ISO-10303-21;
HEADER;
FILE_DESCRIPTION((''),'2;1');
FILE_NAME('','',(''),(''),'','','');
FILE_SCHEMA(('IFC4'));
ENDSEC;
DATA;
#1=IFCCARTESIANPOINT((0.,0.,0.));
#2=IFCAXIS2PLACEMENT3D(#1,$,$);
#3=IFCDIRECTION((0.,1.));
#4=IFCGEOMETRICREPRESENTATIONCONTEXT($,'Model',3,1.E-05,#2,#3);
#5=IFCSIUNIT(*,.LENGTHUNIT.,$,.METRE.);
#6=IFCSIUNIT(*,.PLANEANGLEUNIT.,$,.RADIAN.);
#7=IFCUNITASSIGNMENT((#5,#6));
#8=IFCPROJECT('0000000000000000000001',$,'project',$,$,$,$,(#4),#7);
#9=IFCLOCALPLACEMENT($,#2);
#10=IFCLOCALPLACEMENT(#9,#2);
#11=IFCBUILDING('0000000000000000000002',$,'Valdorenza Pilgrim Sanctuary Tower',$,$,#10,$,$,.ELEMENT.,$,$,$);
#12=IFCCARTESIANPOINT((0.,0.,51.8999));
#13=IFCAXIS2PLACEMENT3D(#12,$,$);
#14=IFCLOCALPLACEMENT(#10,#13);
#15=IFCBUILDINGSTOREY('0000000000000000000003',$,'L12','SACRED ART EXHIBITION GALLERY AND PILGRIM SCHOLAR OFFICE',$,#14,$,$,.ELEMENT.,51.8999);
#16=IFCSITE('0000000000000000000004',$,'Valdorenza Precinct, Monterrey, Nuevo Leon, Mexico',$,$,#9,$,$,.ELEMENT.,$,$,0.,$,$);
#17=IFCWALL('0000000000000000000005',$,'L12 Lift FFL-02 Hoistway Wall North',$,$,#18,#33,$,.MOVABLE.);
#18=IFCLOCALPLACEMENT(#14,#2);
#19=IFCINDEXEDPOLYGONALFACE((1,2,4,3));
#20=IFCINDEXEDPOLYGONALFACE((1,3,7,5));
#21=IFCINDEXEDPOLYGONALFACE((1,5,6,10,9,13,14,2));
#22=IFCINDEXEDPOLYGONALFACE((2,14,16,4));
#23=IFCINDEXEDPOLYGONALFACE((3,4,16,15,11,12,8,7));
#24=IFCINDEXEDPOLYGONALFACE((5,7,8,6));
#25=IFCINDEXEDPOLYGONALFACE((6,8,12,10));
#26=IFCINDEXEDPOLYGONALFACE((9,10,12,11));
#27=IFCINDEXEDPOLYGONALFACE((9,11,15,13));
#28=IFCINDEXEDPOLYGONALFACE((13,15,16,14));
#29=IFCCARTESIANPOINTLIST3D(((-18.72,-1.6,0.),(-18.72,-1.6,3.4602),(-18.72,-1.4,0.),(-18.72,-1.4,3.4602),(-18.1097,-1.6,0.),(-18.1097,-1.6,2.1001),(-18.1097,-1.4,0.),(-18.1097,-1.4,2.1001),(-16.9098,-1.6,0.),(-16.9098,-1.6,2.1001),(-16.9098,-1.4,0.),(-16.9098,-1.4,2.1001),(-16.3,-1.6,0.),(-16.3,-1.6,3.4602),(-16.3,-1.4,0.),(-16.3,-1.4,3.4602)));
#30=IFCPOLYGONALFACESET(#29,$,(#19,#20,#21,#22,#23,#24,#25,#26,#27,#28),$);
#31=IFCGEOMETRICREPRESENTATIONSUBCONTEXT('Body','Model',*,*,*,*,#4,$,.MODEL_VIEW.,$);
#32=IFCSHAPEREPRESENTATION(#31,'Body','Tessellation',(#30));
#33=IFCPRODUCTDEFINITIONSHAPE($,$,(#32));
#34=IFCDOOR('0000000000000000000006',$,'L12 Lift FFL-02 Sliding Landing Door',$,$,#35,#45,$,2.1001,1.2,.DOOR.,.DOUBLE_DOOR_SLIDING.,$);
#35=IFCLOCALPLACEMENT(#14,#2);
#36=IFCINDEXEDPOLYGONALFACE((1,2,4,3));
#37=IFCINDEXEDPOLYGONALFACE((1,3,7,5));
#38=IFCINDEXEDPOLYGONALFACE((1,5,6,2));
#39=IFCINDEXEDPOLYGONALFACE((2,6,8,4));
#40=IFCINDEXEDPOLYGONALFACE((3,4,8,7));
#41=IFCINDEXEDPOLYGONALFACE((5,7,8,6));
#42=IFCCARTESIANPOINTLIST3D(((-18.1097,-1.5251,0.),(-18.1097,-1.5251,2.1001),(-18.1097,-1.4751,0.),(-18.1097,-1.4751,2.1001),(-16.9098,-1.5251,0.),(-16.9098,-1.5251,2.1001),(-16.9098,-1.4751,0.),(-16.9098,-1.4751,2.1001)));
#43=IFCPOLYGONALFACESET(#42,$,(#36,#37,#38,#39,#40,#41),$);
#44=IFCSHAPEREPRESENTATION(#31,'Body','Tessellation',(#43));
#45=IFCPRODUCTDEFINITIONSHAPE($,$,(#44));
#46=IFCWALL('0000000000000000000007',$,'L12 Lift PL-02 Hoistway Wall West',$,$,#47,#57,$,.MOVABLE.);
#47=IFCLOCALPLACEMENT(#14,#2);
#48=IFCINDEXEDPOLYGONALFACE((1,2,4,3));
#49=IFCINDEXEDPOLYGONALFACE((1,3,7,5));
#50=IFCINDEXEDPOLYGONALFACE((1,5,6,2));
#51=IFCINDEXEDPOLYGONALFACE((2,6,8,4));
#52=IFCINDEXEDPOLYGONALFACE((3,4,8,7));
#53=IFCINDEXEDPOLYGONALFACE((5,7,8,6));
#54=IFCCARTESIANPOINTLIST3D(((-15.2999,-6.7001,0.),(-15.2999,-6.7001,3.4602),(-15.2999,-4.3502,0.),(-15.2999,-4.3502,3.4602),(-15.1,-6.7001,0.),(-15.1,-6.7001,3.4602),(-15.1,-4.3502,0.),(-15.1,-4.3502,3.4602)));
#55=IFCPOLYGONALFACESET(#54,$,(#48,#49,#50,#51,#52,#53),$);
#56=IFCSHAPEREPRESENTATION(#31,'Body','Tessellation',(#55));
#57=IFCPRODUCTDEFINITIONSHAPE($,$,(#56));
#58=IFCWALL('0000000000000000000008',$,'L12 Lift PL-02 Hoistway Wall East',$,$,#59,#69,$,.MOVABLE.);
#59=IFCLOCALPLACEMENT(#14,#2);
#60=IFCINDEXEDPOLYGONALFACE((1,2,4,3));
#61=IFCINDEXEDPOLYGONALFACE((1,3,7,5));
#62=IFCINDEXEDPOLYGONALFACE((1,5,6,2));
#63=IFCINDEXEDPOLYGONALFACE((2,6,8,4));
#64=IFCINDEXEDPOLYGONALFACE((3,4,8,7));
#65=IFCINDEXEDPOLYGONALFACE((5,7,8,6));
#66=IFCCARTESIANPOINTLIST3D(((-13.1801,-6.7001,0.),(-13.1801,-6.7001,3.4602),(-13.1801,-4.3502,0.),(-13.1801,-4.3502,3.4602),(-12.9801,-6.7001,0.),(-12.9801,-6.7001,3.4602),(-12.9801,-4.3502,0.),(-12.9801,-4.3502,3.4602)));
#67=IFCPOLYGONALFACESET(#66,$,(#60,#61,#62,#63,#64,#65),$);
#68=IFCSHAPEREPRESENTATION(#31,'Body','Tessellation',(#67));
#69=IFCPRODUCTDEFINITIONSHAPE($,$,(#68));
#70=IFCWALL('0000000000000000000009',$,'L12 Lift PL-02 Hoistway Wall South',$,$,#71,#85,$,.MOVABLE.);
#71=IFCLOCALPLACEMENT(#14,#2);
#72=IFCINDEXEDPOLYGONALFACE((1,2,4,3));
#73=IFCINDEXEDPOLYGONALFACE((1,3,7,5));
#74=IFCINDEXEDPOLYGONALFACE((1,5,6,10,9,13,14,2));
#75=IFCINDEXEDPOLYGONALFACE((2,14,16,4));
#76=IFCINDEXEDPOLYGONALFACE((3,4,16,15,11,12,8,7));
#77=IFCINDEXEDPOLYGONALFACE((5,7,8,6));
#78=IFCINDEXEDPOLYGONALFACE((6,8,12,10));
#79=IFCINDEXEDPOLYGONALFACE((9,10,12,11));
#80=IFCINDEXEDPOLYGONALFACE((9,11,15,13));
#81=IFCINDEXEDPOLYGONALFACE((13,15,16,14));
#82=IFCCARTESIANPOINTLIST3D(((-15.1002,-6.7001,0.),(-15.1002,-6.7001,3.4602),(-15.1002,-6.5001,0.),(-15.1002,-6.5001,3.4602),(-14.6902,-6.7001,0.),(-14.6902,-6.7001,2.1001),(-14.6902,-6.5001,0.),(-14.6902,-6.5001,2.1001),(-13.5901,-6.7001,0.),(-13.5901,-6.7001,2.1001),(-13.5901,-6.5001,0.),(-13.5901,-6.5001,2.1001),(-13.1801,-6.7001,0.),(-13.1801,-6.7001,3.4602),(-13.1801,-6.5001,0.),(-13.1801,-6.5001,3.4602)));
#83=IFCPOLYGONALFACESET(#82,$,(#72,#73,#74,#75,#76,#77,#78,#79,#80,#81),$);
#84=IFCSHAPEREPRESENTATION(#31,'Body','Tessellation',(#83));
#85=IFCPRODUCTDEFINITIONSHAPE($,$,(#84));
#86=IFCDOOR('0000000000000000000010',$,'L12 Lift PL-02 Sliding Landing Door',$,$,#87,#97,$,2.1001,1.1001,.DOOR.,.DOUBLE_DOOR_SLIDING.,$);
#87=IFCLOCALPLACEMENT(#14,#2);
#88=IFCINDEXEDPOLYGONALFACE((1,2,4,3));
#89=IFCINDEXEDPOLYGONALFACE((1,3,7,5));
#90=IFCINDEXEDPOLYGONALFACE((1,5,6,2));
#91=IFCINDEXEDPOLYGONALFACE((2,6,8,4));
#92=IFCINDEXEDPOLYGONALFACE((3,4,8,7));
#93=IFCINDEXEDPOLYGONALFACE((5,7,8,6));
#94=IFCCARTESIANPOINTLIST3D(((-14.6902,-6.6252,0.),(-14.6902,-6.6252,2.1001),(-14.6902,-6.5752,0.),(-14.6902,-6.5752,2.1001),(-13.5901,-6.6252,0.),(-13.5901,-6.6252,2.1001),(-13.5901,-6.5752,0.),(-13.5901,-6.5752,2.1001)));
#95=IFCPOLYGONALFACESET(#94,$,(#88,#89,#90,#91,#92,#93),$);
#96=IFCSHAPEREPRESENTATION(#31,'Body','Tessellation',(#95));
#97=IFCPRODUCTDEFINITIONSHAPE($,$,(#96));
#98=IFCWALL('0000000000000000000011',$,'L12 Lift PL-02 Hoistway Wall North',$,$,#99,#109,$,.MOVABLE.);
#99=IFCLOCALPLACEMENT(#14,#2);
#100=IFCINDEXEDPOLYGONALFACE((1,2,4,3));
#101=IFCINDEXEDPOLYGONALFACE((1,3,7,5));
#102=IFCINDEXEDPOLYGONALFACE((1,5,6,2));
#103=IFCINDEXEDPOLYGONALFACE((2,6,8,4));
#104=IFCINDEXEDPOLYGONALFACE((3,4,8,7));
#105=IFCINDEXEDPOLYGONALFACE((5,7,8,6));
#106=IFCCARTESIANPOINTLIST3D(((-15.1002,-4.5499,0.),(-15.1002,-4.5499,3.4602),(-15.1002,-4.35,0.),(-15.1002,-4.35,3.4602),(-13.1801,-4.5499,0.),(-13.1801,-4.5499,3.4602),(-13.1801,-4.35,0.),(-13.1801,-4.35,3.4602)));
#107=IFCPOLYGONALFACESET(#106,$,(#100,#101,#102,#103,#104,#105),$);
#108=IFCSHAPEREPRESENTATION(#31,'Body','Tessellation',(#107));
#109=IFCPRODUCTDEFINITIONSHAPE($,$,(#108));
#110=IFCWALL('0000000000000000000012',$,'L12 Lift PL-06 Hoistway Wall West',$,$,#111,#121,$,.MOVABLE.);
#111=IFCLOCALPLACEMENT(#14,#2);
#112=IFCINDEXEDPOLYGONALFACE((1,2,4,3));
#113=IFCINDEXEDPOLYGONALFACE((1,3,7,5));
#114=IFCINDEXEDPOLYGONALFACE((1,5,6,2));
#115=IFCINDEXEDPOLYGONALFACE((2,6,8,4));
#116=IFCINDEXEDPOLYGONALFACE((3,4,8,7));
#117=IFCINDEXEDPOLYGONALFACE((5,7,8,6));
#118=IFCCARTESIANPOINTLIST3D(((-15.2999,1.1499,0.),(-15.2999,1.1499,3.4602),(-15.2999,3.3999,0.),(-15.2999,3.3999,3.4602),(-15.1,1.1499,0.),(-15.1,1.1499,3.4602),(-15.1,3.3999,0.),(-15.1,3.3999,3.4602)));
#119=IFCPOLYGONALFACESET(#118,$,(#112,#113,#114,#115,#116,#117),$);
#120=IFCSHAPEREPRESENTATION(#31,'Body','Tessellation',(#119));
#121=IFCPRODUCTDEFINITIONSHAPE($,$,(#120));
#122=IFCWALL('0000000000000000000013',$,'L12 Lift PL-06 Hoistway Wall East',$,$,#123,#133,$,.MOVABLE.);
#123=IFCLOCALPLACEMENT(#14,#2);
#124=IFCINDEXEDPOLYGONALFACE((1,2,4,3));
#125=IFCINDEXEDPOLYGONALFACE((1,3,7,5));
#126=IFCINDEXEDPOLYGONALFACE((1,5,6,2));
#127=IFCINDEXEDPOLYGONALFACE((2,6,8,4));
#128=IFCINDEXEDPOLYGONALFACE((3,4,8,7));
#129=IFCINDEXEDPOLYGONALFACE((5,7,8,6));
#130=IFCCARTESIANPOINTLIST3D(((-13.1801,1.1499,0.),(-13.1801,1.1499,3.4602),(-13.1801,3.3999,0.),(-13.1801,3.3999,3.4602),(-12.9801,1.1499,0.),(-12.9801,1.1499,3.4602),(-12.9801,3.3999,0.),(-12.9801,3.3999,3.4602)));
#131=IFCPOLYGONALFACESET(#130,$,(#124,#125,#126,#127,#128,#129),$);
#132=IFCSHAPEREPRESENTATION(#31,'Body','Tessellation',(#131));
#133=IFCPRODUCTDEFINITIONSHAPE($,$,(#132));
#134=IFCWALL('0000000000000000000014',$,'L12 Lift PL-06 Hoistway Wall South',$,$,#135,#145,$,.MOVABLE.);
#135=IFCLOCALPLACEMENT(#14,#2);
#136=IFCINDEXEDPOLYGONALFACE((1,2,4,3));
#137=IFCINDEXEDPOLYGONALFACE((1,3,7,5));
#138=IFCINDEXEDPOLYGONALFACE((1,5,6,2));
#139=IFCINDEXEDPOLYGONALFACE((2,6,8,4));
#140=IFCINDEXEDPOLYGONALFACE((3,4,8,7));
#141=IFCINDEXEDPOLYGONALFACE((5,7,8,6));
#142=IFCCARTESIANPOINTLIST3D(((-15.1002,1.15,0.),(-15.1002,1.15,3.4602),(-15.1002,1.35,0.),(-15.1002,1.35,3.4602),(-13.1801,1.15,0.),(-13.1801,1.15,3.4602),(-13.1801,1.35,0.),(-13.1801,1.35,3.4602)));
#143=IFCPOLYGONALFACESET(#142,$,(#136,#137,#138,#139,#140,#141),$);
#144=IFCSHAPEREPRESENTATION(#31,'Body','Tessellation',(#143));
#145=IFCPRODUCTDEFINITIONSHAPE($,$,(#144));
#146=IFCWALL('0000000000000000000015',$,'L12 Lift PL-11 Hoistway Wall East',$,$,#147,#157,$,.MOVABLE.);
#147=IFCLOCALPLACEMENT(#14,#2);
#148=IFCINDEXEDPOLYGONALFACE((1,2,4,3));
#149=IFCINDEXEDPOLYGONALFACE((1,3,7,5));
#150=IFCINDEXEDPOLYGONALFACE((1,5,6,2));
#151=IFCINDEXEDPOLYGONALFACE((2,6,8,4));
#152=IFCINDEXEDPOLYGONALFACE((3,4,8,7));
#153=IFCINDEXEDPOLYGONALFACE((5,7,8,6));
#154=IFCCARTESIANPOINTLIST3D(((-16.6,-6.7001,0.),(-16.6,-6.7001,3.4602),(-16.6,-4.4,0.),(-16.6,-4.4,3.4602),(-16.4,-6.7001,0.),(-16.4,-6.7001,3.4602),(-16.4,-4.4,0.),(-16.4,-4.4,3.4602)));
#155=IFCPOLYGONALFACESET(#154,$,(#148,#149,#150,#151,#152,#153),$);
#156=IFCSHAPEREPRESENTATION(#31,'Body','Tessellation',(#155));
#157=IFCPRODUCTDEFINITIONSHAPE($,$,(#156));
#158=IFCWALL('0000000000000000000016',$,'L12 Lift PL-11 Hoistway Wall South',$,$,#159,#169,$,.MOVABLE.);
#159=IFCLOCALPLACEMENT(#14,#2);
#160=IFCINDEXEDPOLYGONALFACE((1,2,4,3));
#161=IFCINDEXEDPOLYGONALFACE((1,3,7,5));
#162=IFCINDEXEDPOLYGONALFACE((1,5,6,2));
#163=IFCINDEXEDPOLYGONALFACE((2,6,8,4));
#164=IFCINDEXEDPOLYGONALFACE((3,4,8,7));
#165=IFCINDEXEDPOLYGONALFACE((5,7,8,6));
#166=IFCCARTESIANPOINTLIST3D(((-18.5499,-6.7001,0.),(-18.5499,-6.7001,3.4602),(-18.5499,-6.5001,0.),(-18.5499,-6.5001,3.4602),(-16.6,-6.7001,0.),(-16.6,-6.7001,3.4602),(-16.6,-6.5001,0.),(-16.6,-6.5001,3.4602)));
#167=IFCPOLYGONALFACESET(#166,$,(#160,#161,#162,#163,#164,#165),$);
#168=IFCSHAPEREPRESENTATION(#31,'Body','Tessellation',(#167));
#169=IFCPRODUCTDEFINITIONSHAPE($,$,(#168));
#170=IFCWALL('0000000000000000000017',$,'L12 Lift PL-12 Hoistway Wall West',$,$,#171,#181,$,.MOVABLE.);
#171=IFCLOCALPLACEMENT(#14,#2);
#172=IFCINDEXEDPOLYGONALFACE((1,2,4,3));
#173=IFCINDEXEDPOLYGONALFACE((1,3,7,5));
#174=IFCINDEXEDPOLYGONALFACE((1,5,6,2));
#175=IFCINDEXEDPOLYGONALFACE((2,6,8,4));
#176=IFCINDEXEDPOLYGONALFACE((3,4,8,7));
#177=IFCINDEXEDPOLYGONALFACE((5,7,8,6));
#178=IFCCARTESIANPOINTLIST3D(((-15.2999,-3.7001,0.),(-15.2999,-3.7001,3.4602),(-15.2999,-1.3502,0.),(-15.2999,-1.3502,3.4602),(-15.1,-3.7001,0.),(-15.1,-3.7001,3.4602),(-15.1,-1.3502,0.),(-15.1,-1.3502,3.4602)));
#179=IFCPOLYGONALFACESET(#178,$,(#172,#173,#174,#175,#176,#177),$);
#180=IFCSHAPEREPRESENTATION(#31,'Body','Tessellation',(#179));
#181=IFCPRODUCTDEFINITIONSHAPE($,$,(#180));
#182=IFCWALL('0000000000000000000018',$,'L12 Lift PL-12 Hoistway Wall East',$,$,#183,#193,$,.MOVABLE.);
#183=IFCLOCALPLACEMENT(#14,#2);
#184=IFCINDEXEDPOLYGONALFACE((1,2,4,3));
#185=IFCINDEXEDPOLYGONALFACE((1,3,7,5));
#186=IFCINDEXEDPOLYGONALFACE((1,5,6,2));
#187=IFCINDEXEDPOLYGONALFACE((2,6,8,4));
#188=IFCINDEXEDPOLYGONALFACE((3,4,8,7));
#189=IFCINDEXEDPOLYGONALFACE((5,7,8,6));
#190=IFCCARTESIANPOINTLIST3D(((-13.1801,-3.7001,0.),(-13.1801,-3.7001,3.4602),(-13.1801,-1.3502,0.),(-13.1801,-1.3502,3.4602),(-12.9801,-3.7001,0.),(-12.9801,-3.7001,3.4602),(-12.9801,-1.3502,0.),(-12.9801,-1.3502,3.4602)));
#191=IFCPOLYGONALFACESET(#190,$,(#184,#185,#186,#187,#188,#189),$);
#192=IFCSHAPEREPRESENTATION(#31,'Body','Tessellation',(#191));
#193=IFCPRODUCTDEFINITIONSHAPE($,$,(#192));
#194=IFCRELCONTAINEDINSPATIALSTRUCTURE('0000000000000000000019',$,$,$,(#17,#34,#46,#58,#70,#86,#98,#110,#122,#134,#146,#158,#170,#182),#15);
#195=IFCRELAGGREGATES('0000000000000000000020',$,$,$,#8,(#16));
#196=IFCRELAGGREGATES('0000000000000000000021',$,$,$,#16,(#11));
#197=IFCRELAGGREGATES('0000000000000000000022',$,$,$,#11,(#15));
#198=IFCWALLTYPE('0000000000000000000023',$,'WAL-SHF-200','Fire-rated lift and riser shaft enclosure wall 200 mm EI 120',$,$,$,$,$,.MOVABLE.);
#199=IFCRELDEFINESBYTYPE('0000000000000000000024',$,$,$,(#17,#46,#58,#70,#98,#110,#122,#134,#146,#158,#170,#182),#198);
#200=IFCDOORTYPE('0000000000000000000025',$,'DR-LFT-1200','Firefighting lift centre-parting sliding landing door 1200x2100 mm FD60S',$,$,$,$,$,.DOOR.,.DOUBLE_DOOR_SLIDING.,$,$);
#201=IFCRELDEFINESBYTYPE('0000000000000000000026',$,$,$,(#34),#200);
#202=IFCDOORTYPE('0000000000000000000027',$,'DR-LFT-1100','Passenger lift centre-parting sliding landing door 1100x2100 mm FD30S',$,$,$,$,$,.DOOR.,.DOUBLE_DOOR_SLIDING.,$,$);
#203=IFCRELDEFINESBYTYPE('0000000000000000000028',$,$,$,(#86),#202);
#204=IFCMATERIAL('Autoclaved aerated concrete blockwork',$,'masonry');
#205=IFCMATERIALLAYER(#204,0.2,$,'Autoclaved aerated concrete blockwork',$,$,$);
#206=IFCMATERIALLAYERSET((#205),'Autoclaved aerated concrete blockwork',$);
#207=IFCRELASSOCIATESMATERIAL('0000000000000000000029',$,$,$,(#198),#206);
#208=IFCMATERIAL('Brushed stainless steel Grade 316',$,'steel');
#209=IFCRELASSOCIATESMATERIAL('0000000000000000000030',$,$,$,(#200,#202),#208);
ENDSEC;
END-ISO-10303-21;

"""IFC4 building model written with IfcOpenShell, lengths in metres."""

from ifc_helpers import new_model, si_unit, direction, frame, frame_2d, origin, place, context, subcontext, project, spatial, rectangle, extrude, material, layer, layer_set, type_object, element, fill, save


model = new_model("IFC4")

# Units and contexts
model_context = context("Model", 3, precision=1e-05, world=origin(), true_north=direction((0.0, 1.0)))
body_context = subcontext(model_context, "Body", "Model", "MODEL_VIEW")
ifc_project = project(units=[si_unit("LENGTHUNIT", "METRE"), si_unit("PLANEANGLEUNIT", "RADIAN")], contexts=[model_context])

# Site, building, storey
site_placement = place(None, origin())
site = spatial("IfcSite", under=ifc_project, at=site_placement, Name="Valdorenza Precinct, Monterrey, Nuevo Leon, Mexico", CompositionType="ELEMENT", RefElevation=0.0)
building_placement = place(site_placement, origin())
building = spatial("IfcBuilding", under=site, at=building_placement, Name="Valdorenza Pilgrim Sanctuary Tower", CompositionType="ELEMENT")
storey_placement = place(building_placement, frame((0.0, 0.0, 51.8999)))
storey = spatial("IfcBuildingStorey", under=building, at=storey_placement, Name="L12", Description="SACRED ART EXHIBITION GALLERY AND PILGRIM SCHOLAR OFFICE", CompositionType="ELEMENT", Elevation=51.8999)

# Shared definitions
ifc_material_1 = material(Name="Autoclaved aerated concrete blockwork", Category="masonry")
ifc_layer_1 = layer(ifc_material_1, 0.2, Name="Autoclaved aerated concrete blockwork")
ifc_layer_set_1 = layer_set([ifc_layer_1], Name="Autoclaved aerated concrete blockwork")
wall_type_1 = type_object("IfcWallType", Name="WAL-SHF-200", Description="Fire-rated lift and riser shaft enclosure wall 200 mm EI 120", PredefinedType="MOVABLE", material=ifc_layer_set_1)

# Shared definitions
ifc_material_2 = material(Name="Brushed stainless steel Grade 316", Category="steel")
door_type_1 = type_object("IfcDoorType", Name="DR-LFT-1200", Description="Firefighting lift centre-parting sliding landing door 1200x2100 mm FD60S", OperationType="DOUBLE_DOOR_SLIDING", PredefinedType="DOOR", material=ifc_material_2)

# Wall, opening, door
wall_1_placement = place(storey_placement, frame((-18.72, -1.5, 0.0), z_axis=(0.0, 0.0, 1.0), x_axis=(1.0, 0.0, 0.0)))
wall_1 = element("IfcWall", 1, at=wall_1_placement, inside=storey, type_object=wall_type_1, Name="L12 Lift FFL-02 Hoistway Wall North", PredefinedType="MOVABLE", context=body_context, shape_type="SweptSolid", body=[
    extrude(rectangle(XDim=2.4199, YDim=0.2, at=frame_2d((1.21, 0.0))), origin(), (0.0, 0.0, 1.0), 3.4602),
])
opening_1_placement = place(wall_1_placement, frame((0.6101, 0.0, 0.0)))
opening_1 = element("IfcOpeningElement", 2, at=opening_1_placement, cuts=wall_1, PredefinedType="OPENING", context=body_context, shape_type="SweptSolid", body=[
    extrude(rectangle(XDim=1.2, YDim=2.1001, at=frame_2d((0.6001, 1.05))), frame((0.0, 0.1147, 0.0), z_axis=(0.0, -1.0, 0.0), x_axis=(1.0, 0.0, 0.0)), (0.0, 0.0, 1.0), 0.2297),
])
door_1_placement = place(opening_1_placement, origin())
door_1 = element("IfcDoor", 3, at=door_1_placement, inside=storey, type_object=door_type_1, Name="L12 Lift FFL-02 Sliding Landing Door", OperationType="DOUBLE_DOOR_SLIDING", OverallHeight=2.1001, OverallWidth=1.2, PredefinedType="DOOR", context=body_context, shape_type="SweptSolid", body=[
    extrude(rectangle(XDim=1.2, YDim=2.1001, at=frame_2d((0.6001, 1.05))), frame((0.0, 0.0249, 0.0), z_axis=(0.0, -1.0, 0.0), x_axis=(1.0, 0.0, 0.0)), (0.0, 0.0, 1.0), 0.05),
])
fill(opening_1, door_1)

# Walls
for number, where, z_axis, x_axis, name in (
    (4, (-15.2, -6.7, 0.0), (0.0, 0.0, 1.0), (0.0, 1.0, 0.0), "L12 Lift PL-02 Hoistway Wall West"),
    (5, (-13.0801, -6.7, 0.0), (0.0, 0.0, 1.0), (0.0, 1.0, 0.0), "L12 Lift PL-02 Hoistway Wall East"),
):
    element("IfcWall", number, at=place(storey_placement, frame(where, z_axis=z_axis, x_axis=x_axis)), inside=storey, type_object=wall_type_1, Name=name, PredefinedType="MOVABLE", context=body_context, shape_type="SweptSolid", body=[
        extrude(rectangle(XDim=2.3499, YDim=0.2, at=frame_2d((1.1748, 0.0))), origin(), (0.0, 0.0, 1.0), 3.4602),
    ])

# Wall, opening, door
wall_2_placement = place(storey_placement, frame((-15.1001, -6.6001, 0.0), z_axis=(0.0, 0.0, 1.0), x_axis=(1.0, 0.0, 0.0)))
wall_2 = element("IfcWall", 6, at=wall_2_placement, inside=storey, type_object=wall_type_1, Name="L12 Lift PL-02 Hoistway Wall South", PredefinedType="MOVABLE", context=body_context, shape_type="SweptSolid", body=[
    extrude(rectangle(XDim=1.9202, YDim=0.2, at=frame_2d((0.96, 0.0))), origin(), (0.0, 0.0, 1.0), 3.4602),
])
opening_2_placement = place(wall_2_placement, frame((0.4099, 0.0, 0.0)))
opening_2 = element("IfcOpeningElement", 7, at=opening_2_placement, cuts=wall_2, PredefinedType="OPENING", context=body_context, shape_type="SweptSolid", body=[
    extrude(rectangle(XDim=1.1001, YDim=2.1001, at=frame_2d((0.55, 1.05))), frame((0.0, 0.1147, 0.0), z_axis=(0.0, -1.0, 0.0), x_axis=(1.0, 0.0, 0.0)), (0.0, 0.0, 1.0), 0.2297),
])
door_type_2 = type_object("IfcDoorType", Name="DR-LFT-1100", Description="Passenger lift centre-parting sliding landing door 1100x2100 mm FD30S", OperationType="DOUBLE_DOOR_SLIDING", PredefinedType="DOOR", material=ifc_material_2)
door_2_placement = place(opening_2_placement, origin())
door_2 = element("IfcDoor", 8, at=door_2_placement, inside=storey, type_object=door_type_2, Name="L12 Lift PL-02 Sliding Landing Door", OperationType="DOUBLE_DOOR_SLIDING", OverallHeight=2.1001, OverallWidth=1.1001, PredefinedType="DOOR", context=body_context, shape_type="SweptSolid", body=[
    extrude(rectangle(XDim=1.1001, YDim=2.1001, at=frame_2d((0.55, 1.05))), frame((0.0, 0.0249, 0.0), z_axis=(0.0, -1.0, 0.0), x_axis=(1.0, 0.0, 0.0)), (0.0, 0.0, 1.0), 0.05),
])
fill(opening_2, door_2)

# Walls
wall_3_placement = place(storey_placement, frame((-15.1001, -4.45, 0.0), z_axis=(0.0, 0.0, 1.0), x_axis=(1.0, 0.0, 0.0)))
element("IfcWall", 9, at=wall_3_placement, inside=storey, type_object=wall_type_1, Name="L12 Lift PL-02 Hoistway Wall North", PredefinedType="MOVABLE", context=body_context, shape_type="SweptSolid", body=[
    extrude(rectangle(XDim=1.9202, YDim=0.2, at=frame_2d((0.96, 0.0))), origin(), (0.0, 0.0, 1.0), 3.4602),
])
for number, where, z_axis, x_axis, name in (
    (10, (-15.2, 1.1499, 0.0), (0.0, 0.0, 1.0), (0.0, 1.0, 0.0), "L12 Lift PL-06 Hoistway Wall West"),
    (11, (-13.0801, 1.1499, 0.0), (0.0, 0.0, 1.0), (0.0, 1.0, 0.0), "L12 Lift PL-06 Hoistway Wall East"),
):
    element("IfcWall", number, at=place(storey_placement, frame(where, z_axis=z_axis, x_axis=x_axis)), inside=storey, type_object=wall_type_1, Name=name, PredefinedType="MOVABLE", context=body_context, shape_type="SweptSolid", body=[
        extrude(rectangle(XDim=2.25, YDim=0.2, at=frame_2d((1.125, 0.0))), origin(), (0.0, 0.0, 1.0), 3.4602),
    ])
wall_4_placement = place(storey_placement, frame((-15.1001, 1.25, 0.0), z_axis=(0.0, 0.0, 1.0), x_axis=(1.0, 0.0, 0.0)))
element("IfcWall", 12, at=wall_4_placement, inside=storey, type_object=wall_type_1, Name="L12 Lift PL-06 Hoistway Wall South", PredefinedType="MOVABLE", context=body_context, shape_type="SweptSolid", body=[
    extrude(rectangle(XDim=1.9202, YDim=0.2, at=frame_2d((0.96, 0.0))), origin(), (0.0, 0.0, 1.0), 3.4602),
])
wall_5_placement = place(storey_placement, frame((-16.5, -6.7, 0.0), z_axis=(0.0, 0.0, 1.0), x_axis=(0.0, 1.0, 0.0)))
element("IfcWall", 13, at=wall_5_placement, inside=storey, type_object=wall_type_1, Name="L12 Lift PL-11 Hoistway Wall East", PredefinedType="MOVABLE", context=body_context, shape_type="SweptSolid", body=[
    extrude(rectangle(XDim=2.3, YDim=0.2, at=frame_2d((1.1499, 0.0))), origin(), (0.0, 0.0, 1.0), 3.4602),
])
wall_6_placement = place(storey_placement, frame((-18.55, -6.6001, 0.0), z_axis=(0.0, 0.0, 1.0), x_axis=(1.0, 0.0, 0.0)))
element("IfcWall", 14, at=wall_6_placement, inside=storey, type_object=wall_type_1, Name="L12 Lift PL-11 Hoistway Wall South", PredefinedType="MOVABLE", context=body_context, shape_type="SweptSolid", body=[
    extrude(rectangle(XDim=1.95, YDim=0.2, at=frame_2d((0.9751, 0.0))), origin(), (0.0, 0.0, 1.0), 3.4602),
])
for number, where, z_axis, x_axis, name in (
    (15, (-15.2, -3.7, 0.0), (0.0, 0.0, 1.0), (0.0, 1.0, 0.0), "L12 Lift PL-12 Hoistway Wall West"),
    (16, (-13.0801, -3.7, 0.0), (0.0, 0.0, 1.0), (0.0, 1.0, 0.0), "L12 Lift PL-12 Hoistway Wall East"),
):
    element("IfcWall", number, at=place(storey_placement, frame(where, z_axis=z_axis, x_axis=x_axis)), inside=storey, type_object=wall_type_1, Name=name, PredefinedType="MOVABLE", context=body_context, shape_type="SweptSolid", body=[
        extrude(rectangle(XDim=2.3499, YDim=0.2, at=frame_2d((1.1748, 0.0))), origin(), (0.0, 0.0, 1.0), 3.4602),
    ])

save(model, "model.ifc")
